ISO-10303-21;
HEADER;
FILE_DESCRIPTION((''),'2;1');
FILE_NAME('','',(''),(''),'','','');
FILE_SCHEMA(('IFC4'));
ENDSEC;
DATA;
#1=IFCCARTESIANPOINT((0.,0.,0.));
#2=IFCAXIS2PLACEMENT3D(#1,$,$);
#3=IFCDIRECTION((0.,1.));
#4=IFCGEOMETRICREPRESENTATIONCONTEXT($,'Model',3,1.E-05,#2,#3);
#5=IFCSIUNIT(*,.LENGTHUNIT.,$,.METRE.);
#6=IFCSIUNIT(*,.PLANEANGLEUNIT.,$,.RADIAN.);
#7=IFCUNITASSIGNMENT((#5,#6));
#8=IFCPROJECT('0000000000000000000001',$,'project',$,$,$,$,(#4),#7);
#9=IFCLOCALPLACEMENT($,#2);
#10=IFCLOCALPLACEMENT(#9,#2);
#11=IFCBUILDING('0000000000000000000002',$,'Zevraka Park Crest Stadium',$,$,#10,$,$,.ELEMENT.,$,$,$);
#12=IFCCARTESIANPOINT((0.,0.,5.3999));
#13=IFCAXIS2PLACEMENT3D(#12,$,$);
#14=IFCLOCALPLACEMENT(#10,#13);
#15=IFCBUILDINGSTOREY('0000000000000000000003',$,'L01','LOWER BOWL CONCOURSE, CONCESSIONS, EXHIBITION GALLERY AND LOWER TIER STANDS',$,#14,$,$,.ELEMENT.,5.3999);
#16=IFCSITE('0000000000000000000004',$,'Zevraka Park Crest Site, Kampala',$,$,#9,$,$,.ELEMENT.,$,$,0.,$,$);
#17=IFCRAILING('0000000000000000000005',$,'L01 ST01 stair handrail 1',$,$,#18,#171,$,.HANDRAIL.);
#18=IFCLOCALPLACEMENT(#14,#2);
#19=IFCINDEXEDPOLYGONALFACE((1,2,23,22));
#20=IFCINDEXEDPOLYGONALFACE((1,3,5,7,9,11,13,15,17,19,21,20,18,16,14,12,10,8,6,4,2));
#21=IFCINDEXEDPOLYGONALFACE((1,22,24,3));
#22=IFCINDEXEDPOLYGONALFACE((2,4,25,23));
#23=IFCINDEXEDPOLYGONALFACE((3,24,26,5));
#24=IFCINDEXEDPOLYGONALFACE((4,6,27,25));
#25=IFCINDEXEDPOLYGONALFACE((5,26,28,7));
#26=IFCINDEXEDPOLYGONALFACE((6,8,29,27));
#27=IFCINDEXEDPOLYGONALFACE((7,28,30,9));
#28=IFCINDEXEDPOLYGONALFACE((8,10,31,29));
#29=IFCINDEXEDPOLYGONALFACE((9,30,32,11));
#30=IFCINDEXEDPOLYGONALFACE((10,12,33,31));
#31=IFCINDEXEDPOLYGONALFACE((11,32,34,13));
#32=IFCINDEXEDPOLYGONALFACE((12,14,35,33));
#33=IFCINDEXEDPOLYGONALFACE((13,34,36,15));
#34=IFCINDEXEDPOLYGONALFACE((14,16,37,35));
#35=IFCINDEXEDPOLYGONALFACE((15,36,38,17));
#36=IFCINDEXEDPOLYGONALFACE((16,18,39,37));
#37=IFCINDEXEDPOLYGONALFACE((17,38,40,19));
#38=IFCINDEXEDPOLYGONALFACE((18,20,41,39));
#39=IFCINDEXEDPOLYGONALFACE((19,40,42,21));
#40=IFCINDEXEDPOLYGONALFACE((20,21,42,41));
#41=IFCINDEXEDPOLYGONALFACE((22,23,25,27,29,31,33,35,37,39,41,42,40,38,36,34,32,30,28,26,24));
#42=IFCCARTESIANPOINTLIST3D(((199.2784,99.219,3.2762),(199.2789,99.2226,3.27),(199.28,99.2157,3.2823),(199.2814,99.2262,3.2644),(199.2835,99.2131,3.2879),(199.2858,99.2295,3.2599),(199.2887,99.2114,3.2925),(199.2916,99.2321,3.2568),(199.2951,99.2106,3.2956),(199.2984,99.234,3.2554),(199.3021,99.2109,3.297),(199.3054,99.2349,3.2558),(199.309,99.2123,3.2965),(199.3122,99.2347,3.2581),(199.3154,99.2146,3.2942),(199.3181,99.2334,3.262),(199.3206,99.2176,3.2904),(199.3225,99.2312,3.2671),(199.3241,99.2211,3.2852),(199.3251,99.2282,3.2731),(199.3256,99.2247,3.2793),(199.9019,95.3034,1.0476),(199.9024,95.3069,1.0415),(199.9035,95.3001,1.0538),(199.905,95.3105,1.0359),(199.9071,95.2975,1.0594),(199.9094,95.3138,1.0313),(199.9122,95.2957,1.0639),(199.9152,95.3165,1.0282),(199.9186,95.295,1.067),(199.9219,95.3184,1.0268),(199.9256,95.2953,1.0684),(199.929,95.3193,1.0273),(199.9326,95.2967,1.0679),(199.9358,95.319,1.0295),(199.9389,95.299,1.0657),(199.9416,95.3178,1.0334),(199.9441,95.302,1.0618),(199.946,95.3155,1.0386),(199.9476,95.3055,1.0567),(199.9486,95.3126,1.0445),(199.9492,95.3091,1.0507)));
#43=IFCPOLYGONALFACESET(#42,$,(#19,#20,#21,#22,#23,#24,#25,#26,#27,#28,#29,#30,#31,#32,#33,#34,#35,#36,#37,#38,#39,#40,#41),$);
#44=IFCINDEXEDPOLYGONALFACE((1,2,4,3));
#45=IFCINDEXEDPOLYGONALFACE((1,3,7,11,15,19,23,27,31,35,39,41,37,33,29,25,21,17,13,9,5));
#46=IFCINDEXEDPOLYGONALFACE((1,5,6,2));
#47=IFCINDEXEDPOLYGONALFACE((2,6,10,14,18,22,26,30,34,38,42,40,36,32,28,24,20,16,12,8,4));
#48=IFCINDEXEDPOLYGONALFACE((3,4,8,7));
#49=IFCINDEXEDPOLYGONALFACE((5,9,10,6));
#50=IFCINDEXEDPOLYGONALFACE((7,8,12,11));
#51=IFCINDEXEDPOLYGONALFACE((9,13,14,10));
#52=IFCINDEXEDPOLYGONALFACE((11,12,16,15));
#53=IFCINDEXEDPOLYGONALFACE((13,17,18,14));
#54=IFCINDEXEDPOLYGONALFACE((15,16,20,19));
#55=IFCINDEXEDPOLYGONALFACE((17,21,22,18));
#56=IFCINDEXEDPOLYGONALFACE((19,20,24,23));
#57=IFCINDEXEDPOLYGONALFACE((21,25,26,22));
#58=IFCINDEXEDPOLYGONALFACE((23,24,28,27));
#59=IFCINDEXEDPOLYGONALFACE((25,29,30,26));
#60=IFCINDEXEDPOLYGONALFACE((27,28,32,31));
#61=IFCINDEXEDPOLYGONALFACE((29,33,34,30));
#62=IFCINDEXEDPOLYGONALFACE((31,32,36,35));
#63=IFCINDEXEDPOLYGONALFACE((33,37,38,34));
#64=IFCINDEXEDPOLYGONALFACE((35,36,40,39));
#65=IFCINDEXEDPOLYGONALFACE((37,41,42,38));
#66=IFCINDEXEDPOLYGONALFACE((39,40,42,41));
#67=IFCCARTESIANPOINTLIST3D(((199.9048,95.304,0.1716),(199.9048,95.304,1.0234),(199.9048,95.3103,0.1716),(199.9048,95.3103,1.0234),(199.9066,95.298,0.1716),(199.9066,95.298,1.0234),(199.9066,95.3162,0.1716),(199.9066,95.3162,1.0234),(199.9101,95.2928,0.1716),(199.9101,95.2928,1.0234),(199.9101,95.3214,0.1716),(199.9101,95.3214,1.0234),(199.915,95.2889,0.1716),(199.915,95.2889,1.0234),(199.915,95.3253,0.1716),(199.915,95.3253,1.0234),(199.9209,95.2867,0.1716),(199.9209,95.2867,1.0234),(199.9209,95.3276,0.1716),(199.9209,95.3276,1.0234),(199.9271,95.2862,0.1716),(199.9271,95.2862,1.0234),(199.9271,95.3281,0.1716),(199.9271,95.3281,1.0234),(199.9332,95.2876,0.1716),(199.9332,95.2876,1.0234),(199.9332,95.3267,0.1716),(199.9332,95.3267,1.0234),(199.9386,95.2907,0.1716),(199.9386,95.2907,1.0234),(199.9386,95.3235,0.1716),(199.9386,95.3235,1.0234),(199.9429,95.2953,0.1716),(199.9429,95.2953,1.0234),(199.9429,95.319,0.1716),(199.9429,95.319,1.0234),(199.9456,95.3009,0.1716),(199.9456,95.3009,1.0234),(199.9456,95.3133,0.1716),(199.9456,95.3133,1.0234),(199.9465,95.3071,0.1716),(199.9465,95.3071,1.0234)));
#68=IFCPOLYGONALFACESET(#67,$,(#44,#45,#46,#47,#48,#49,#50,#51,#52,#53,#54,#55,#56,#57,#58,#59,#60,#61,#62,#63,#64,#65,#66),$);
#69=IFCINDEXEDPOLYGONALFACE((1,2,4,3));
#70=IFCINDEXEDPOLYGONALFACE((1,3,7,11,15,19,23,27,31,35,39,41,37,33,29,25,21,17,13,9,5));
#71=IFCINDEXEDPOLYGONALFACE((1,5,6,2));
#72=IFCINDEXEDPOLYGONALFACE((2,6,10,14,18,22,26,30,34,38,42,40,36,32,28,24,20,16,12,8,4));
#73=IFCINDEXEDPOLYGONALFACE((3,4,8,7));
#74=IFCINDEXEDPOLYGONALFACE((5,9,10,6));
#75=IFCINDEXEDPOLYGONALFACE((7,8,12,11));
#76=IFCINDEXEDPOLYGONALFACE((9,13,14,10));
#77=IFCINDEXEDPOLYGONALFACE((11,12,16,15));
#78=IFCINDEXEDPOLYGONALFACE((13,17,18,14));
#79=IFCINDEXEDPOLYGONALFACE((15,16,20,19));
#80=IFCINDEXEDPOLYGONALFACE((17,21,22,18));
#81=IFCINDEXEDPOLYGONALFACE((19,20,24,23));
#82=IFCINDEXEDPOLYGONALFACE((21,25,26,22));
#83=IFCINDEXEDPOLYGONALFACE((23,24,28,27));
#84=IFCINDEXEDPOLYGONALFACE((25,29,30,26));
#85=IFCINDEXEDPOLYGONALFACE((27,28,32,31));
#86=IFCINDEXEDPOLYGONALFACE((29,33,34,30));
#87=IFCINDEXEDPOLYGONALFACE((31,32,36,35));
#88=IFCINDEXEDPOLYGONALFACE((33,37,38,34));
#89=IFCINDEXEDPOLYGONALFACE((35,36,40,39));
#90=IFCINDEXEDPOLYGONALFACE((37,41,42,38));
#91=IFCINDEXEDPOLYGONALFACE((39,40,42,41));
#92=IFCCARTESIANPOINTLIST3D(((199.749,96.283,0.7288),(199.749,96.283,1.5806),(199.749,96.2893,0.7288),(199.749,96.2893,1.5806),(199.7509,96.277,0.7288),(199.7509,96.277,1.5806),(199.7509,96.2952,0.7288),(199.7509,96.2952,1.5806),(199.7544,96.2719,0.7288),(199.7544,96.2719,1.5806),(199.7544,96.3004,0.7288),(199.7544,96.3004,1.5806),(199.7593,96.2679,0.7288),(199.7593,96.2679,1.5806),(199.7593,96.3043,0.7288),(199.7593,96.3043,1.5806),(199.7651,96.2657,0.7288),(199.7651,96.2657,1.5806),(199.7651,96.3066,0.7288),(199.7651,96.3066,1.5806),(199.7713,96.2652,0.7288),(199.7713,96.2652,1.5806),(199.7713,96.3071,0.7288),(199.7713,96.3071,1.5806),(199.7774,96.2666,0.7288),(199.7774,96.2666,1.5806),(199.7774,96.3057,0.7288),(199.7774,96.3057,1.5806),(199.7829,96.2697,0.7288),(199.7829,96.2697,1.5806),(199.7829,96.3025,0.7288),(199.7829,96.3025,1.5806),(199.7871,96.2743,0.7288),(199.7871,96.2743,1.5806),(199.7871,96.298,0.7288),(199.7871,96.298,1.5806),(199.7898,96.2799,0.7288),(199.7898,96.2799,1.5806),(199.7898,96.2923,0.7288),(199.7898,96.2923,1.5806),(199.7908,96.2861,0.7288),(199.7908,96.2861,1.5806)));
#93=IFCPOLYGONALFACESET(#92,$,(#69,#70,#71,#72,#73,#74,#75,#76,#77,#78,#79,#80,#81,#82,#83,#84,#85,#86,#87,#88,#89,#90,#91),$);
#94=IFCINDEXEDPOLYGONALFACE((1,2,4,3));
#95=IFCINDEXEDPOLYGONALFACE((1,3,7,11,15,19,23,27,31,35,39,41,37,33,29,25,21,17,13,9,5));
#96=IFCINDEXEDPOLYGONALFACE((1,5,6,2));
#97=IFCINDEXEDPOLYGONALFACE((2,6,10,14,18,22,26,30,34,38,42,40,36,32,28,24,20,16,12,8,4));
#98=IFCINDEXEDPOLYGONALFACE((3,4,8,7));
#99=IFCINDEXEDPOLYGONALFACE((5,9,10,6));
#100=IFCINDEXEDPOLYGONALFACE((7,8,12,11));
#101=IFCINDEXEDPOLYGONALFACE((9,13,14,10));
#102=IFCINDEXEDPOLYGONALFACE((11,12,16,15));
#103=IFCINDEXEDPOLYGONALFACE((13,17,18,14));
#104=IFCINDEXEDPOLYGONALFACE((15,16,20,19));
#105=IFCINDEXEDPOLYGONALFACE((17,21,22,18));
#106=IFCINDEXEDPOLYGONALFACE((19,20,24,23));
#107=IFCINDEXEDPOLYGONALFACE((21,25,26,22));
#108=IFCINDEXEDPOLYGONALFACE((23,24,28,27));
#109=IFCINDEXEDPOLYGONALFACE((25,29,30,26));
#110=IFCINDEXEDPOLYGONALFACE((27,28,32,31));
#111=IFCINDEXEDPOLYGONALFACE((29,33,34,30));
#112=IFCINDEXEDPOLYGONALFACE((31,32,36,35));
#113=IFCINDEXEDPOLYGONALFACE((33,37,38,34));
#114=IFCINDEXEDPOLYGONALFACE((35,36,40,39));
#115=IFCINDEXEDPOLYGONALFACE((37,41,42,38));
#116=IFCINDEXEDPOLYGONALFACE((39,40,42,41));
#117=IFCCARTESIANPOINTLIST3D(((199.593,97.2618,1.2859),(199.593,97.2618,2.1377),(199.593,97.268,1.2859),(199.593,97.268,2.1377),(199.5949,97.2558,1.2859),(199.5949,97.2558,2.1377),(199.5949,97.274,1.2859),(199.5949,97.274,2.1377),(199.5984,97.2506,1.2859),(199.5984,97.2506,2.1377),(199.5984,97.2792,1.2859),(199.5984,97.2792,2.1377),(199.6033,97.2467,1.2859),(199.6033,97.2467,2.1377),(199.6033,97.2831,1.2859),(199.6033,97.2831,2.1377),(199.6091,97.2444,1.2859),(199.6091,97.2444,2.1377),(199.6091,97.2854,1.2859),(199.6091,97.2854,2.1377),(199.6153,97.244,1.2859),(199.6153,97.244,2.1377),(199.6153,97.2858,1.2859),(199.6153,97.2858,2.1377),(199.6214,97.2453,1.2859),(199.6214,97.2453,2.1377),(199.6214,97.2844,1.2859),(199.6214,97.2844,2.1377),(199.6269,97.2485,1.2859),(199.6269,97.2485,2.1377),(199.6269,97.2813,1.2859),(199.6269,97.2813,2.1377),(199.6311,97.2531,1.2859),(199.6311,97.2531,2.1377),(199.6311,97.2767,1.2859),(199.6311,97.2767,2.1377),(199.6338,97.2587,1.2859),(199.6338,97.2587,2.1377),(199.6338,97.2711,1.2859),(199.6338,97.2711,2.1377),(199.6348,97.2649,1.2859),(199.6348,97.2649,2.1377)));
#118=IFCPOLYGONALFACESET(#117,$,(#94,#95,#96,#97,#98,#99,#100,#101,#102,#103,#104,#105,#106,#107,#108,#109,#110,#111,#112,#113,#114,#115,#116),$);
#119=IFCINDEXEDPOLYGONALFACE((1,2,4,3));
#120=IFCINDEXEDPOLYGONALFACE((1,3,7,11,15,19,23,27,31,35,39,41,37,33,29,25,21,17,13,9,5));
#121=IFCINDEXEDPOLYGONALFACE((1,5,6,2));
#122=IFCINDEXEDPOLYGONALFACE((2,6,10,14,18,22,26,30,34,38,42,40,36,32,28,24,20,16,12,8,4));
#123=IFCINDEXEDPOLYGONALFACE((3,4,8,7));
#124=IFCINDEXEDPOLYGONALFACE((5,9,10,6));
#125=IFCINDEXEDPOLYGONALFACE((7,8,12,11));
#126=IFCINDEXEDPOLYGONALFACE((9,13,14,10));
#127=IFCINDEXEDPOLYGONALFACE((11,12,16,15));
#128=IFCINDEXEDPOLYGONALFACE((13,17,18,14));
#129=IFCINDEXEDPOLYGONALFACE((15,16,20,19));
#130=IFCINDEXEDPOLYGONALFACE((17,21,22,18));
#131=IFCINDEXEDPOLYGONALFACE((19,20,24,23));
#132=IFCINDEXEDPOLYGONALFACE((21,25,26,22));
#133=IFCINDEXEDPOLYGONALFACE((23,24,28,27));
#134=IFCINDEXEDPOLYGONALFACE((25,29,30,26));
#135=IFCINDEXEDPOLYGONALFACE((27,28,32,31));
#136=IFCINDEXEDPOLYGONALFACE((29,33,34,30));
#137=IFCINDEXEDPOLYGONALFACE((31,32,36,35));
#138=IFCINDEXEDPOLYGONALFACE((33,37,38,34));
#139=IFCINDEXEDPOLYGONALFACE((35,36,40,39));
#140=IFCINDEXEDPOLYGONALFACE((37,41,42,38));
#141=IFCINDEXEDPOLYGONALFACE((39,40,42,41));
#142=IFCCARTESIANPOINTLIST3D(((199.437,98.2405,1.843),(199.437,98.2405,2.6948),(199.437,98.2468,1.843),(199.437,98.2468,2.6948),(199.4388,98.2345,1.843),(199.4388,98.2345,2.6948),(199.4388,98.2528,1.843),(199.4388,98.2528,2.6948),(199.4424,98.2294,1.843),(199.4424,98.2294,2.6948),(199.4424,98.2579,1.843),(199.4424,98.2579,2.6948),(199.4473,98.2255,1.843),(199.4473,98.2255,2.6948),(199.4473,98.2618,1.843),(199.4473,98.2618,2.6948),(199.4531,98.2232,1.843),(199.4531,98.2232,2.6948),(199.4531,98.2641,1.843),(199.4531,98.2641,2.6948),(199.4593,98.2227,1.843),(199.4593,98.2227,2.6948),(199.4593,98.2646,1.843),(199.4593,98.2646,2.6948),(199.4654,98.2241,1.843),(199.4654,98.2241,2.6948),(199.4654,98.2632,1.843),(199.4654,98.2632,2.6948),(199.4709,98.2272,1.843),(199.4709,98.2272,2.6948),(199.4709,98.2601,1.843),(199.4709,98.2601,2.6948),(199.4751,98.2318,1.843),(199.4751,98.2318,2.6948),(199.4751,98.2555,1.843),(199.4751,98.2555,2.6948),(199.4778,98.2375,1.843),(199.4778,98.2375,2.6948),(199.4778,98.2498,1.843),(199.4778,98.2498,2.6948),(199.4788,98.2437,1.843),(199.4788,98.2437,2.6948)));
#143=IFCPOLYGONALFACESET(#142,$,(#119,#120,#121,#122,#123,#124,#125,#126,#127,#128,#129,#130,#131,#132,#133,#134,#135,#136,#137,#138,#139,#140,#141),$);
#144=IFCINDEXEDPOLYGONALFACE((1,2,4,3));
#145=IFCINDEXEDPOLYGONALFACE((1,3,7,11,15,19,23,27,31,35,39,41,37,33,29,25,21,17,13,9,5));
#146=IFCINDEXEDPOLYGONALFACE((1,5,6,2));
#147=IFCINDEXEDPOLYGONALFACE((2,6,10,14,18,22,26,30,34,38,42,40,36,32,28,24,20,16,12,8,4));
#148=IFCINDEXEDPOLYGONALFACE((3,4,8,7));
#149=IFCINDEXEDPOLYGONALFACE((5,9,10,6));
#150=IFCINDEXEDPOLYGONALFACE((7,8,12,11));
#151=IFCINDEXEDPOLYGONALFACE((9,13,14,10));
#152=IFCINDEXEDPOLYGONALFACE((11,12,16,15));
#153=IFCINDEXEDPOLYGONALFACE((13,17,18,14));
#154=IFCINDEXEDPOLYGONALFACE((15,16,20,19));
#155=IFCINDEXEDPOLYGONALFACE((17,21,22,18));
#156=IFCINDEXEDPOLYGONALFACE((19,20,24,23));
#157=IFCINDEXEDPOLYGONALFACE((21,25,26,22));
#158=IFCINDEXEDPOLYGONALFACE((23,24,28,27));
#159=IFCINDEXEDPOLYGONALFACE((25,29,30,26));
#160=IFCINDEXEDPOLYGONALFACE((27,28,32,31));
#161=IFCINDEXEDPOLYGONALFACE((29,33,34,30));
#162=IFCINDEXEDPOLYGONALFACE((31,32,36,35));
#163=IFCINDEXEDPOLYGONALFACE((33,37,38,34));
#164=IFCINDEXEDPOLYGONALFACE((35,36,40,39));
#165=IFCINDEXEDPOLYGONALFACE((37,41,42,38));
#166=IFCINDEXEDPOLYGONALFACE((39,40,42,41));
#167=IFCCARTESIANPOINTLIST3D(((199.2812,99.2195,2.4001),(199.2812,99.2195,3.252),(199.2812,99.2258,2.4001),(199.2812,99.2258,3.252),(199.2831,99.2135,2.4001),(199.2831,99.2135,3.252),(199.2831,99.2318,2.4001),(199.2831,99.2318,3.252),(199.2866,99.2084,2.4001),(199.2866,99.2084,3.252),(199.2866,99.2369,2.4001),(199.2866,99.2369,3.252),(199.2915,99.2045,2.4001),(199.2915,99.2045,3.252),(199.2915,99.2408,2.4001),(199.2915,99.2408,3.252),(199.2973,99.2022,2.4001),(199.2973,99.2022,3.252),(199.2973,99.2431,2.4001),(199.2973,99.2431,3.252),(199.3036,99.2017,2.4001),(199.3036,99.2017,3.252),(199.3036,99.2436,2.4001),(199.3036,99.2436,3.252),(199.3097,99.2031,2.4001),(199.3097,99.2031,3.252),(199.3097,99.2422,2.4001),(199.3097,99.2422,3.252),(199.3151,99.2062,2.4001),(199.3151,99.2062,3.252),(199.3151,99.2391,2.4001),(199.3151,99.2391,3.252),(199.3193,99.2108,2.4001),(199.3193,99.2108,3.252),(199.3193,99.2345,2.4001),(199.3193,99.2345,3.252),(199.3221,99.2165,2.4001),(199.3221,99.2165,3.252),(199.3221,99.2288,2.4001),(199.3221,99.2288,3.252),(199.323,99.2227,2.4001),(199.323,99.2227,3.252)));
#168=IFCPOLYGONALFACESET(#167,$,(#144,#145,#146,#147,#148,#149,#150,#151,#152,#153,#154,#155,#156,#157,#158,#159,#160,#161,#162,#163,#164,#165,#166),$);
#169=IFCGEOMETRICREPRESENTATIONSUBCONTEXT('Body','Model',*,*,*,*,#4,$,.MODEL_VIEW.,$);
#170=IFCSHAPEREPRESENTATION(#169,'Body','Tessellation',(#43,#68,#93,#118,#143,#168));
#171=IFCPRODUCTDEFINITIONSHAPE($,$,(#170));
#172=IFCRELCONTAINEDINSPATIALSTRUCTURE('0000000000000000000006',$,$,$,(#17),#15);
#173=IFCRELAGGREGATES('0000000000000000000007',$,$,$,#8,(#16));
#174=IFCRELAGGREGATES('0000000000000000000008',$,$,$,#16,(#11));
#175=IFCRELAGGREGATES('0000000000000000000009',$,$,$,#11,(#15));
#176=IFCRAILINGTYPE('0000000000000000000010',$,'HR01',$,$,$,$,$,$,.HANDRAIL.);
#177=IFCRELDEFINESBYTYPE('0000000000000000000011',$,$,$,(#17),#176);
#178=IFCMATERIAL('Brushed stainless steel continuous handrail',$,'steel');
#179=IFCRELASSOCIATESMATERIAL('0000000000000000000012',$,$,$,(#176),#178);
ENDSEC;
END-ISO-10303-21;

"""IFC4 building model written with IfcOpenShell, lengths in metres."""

from ifc_helpers import new_model, si_unit, direction, frame, origin, origin_2d, place, context, subcontext, project, spatial, circle, extrude, material, type_object, element, save


model = new_model("IFC4")

# Units and contexts
model_context = context("Model", 3, precision=1e-05, world=origin(), true_north=direction((0.0, 1.0)))
body_context = subcontext(model_context, "Body", "Model", "MODEL_VIEW")
ifc_project = project(units=[si_unit("LENGTHUNIT", "METRE"), si_unit("PLANEANGLEUNIT", "RADIAN")], contexts=[model_context])

# Site, building, storey
site_placement = place(None, origin())
site = spatial("IfcSite", under=ifc_project, at=site_placement, Name="Zevraka Park Crest Site, Kampala", CompositionType="ELEMENT", RefElevation=0.0)
building_placement = place(site_placement, origin())
building = spatial("IfcBuilding", under=site, at=building_placement, Name="Zevraka Park Crest Stadium", CompositionType="ELEMENT")
storey_placement = place(building_placement, frame((0.0, 0.0, 5.3999)))
storey = spatial("IfcBuildingStorey", under=building, at=storey_placement, Name="L01", Description="LOWER BOWL CONCOURSE, CONCESSIONS, EXHIBITION GALLERY AND LOWER TIER STANDS", CompositionType="ELEMENT", Elevation=5.3999)

# Railing
ifc_material_1 = material(Name="Brushed stainless steel continuous handrail", Category="steel")
railing_type_1 = type_object("IfcRailingType", Name="HR01", PredefinedType="HANDRAIL", material=ifc_material_1)
railing_1_placement = place(storey_placement, frame((199.9255, 95.3071, 0.1716)))
element("IfcRailing", 1, at=railing_1_placement, inside=storey, type_object=railing_type_1, Name="L01 ST01 stair handrail 1", PredefinedType="HANDRAIL", context=body_context, shape_type="SweptSolid", body=[
    extrude(circle(Radius=0.0239, at=origin_2d()), frame((0.0, 0.0, 0.876), z_axis=(-0.137094, 0.86089, 0.489974), x_axis=(-0.987556, -0.157265, 0.0)), (0.0, 0.0, 1.0), 4.5483),
    extrude(circle(Radius=0.021, at=origin_2d()), origin(), (0.0, 0.0, 1.0), 0.8518),
    extrude(circle(Radius=0.021, at=origin_2d()), frame((-0.1558, 0.979, 0.5571)), (0.0, 0.0, 1.0), 0.8518),
    extrude(circle(Radius=0.021, at=origin_2d()), frame((-0.3118, 1.9578, 1.1143)), (0.0, 0.0, 1.0), 0.8518),
    extrude(circle(Radius=0.021, at=origin_2d()), frame((-0.4678, 2.9365, 1.6714)), (0.0, 0.0, 1.0), 0.8518),
    extrude(circle(Radius=0.021, at=origin_2d()), frame((-0.6235, 3.9155, 2.2285)), (0.0, 0.0, 1.0), 0.8518),
])

save(model, "model.ifc")
